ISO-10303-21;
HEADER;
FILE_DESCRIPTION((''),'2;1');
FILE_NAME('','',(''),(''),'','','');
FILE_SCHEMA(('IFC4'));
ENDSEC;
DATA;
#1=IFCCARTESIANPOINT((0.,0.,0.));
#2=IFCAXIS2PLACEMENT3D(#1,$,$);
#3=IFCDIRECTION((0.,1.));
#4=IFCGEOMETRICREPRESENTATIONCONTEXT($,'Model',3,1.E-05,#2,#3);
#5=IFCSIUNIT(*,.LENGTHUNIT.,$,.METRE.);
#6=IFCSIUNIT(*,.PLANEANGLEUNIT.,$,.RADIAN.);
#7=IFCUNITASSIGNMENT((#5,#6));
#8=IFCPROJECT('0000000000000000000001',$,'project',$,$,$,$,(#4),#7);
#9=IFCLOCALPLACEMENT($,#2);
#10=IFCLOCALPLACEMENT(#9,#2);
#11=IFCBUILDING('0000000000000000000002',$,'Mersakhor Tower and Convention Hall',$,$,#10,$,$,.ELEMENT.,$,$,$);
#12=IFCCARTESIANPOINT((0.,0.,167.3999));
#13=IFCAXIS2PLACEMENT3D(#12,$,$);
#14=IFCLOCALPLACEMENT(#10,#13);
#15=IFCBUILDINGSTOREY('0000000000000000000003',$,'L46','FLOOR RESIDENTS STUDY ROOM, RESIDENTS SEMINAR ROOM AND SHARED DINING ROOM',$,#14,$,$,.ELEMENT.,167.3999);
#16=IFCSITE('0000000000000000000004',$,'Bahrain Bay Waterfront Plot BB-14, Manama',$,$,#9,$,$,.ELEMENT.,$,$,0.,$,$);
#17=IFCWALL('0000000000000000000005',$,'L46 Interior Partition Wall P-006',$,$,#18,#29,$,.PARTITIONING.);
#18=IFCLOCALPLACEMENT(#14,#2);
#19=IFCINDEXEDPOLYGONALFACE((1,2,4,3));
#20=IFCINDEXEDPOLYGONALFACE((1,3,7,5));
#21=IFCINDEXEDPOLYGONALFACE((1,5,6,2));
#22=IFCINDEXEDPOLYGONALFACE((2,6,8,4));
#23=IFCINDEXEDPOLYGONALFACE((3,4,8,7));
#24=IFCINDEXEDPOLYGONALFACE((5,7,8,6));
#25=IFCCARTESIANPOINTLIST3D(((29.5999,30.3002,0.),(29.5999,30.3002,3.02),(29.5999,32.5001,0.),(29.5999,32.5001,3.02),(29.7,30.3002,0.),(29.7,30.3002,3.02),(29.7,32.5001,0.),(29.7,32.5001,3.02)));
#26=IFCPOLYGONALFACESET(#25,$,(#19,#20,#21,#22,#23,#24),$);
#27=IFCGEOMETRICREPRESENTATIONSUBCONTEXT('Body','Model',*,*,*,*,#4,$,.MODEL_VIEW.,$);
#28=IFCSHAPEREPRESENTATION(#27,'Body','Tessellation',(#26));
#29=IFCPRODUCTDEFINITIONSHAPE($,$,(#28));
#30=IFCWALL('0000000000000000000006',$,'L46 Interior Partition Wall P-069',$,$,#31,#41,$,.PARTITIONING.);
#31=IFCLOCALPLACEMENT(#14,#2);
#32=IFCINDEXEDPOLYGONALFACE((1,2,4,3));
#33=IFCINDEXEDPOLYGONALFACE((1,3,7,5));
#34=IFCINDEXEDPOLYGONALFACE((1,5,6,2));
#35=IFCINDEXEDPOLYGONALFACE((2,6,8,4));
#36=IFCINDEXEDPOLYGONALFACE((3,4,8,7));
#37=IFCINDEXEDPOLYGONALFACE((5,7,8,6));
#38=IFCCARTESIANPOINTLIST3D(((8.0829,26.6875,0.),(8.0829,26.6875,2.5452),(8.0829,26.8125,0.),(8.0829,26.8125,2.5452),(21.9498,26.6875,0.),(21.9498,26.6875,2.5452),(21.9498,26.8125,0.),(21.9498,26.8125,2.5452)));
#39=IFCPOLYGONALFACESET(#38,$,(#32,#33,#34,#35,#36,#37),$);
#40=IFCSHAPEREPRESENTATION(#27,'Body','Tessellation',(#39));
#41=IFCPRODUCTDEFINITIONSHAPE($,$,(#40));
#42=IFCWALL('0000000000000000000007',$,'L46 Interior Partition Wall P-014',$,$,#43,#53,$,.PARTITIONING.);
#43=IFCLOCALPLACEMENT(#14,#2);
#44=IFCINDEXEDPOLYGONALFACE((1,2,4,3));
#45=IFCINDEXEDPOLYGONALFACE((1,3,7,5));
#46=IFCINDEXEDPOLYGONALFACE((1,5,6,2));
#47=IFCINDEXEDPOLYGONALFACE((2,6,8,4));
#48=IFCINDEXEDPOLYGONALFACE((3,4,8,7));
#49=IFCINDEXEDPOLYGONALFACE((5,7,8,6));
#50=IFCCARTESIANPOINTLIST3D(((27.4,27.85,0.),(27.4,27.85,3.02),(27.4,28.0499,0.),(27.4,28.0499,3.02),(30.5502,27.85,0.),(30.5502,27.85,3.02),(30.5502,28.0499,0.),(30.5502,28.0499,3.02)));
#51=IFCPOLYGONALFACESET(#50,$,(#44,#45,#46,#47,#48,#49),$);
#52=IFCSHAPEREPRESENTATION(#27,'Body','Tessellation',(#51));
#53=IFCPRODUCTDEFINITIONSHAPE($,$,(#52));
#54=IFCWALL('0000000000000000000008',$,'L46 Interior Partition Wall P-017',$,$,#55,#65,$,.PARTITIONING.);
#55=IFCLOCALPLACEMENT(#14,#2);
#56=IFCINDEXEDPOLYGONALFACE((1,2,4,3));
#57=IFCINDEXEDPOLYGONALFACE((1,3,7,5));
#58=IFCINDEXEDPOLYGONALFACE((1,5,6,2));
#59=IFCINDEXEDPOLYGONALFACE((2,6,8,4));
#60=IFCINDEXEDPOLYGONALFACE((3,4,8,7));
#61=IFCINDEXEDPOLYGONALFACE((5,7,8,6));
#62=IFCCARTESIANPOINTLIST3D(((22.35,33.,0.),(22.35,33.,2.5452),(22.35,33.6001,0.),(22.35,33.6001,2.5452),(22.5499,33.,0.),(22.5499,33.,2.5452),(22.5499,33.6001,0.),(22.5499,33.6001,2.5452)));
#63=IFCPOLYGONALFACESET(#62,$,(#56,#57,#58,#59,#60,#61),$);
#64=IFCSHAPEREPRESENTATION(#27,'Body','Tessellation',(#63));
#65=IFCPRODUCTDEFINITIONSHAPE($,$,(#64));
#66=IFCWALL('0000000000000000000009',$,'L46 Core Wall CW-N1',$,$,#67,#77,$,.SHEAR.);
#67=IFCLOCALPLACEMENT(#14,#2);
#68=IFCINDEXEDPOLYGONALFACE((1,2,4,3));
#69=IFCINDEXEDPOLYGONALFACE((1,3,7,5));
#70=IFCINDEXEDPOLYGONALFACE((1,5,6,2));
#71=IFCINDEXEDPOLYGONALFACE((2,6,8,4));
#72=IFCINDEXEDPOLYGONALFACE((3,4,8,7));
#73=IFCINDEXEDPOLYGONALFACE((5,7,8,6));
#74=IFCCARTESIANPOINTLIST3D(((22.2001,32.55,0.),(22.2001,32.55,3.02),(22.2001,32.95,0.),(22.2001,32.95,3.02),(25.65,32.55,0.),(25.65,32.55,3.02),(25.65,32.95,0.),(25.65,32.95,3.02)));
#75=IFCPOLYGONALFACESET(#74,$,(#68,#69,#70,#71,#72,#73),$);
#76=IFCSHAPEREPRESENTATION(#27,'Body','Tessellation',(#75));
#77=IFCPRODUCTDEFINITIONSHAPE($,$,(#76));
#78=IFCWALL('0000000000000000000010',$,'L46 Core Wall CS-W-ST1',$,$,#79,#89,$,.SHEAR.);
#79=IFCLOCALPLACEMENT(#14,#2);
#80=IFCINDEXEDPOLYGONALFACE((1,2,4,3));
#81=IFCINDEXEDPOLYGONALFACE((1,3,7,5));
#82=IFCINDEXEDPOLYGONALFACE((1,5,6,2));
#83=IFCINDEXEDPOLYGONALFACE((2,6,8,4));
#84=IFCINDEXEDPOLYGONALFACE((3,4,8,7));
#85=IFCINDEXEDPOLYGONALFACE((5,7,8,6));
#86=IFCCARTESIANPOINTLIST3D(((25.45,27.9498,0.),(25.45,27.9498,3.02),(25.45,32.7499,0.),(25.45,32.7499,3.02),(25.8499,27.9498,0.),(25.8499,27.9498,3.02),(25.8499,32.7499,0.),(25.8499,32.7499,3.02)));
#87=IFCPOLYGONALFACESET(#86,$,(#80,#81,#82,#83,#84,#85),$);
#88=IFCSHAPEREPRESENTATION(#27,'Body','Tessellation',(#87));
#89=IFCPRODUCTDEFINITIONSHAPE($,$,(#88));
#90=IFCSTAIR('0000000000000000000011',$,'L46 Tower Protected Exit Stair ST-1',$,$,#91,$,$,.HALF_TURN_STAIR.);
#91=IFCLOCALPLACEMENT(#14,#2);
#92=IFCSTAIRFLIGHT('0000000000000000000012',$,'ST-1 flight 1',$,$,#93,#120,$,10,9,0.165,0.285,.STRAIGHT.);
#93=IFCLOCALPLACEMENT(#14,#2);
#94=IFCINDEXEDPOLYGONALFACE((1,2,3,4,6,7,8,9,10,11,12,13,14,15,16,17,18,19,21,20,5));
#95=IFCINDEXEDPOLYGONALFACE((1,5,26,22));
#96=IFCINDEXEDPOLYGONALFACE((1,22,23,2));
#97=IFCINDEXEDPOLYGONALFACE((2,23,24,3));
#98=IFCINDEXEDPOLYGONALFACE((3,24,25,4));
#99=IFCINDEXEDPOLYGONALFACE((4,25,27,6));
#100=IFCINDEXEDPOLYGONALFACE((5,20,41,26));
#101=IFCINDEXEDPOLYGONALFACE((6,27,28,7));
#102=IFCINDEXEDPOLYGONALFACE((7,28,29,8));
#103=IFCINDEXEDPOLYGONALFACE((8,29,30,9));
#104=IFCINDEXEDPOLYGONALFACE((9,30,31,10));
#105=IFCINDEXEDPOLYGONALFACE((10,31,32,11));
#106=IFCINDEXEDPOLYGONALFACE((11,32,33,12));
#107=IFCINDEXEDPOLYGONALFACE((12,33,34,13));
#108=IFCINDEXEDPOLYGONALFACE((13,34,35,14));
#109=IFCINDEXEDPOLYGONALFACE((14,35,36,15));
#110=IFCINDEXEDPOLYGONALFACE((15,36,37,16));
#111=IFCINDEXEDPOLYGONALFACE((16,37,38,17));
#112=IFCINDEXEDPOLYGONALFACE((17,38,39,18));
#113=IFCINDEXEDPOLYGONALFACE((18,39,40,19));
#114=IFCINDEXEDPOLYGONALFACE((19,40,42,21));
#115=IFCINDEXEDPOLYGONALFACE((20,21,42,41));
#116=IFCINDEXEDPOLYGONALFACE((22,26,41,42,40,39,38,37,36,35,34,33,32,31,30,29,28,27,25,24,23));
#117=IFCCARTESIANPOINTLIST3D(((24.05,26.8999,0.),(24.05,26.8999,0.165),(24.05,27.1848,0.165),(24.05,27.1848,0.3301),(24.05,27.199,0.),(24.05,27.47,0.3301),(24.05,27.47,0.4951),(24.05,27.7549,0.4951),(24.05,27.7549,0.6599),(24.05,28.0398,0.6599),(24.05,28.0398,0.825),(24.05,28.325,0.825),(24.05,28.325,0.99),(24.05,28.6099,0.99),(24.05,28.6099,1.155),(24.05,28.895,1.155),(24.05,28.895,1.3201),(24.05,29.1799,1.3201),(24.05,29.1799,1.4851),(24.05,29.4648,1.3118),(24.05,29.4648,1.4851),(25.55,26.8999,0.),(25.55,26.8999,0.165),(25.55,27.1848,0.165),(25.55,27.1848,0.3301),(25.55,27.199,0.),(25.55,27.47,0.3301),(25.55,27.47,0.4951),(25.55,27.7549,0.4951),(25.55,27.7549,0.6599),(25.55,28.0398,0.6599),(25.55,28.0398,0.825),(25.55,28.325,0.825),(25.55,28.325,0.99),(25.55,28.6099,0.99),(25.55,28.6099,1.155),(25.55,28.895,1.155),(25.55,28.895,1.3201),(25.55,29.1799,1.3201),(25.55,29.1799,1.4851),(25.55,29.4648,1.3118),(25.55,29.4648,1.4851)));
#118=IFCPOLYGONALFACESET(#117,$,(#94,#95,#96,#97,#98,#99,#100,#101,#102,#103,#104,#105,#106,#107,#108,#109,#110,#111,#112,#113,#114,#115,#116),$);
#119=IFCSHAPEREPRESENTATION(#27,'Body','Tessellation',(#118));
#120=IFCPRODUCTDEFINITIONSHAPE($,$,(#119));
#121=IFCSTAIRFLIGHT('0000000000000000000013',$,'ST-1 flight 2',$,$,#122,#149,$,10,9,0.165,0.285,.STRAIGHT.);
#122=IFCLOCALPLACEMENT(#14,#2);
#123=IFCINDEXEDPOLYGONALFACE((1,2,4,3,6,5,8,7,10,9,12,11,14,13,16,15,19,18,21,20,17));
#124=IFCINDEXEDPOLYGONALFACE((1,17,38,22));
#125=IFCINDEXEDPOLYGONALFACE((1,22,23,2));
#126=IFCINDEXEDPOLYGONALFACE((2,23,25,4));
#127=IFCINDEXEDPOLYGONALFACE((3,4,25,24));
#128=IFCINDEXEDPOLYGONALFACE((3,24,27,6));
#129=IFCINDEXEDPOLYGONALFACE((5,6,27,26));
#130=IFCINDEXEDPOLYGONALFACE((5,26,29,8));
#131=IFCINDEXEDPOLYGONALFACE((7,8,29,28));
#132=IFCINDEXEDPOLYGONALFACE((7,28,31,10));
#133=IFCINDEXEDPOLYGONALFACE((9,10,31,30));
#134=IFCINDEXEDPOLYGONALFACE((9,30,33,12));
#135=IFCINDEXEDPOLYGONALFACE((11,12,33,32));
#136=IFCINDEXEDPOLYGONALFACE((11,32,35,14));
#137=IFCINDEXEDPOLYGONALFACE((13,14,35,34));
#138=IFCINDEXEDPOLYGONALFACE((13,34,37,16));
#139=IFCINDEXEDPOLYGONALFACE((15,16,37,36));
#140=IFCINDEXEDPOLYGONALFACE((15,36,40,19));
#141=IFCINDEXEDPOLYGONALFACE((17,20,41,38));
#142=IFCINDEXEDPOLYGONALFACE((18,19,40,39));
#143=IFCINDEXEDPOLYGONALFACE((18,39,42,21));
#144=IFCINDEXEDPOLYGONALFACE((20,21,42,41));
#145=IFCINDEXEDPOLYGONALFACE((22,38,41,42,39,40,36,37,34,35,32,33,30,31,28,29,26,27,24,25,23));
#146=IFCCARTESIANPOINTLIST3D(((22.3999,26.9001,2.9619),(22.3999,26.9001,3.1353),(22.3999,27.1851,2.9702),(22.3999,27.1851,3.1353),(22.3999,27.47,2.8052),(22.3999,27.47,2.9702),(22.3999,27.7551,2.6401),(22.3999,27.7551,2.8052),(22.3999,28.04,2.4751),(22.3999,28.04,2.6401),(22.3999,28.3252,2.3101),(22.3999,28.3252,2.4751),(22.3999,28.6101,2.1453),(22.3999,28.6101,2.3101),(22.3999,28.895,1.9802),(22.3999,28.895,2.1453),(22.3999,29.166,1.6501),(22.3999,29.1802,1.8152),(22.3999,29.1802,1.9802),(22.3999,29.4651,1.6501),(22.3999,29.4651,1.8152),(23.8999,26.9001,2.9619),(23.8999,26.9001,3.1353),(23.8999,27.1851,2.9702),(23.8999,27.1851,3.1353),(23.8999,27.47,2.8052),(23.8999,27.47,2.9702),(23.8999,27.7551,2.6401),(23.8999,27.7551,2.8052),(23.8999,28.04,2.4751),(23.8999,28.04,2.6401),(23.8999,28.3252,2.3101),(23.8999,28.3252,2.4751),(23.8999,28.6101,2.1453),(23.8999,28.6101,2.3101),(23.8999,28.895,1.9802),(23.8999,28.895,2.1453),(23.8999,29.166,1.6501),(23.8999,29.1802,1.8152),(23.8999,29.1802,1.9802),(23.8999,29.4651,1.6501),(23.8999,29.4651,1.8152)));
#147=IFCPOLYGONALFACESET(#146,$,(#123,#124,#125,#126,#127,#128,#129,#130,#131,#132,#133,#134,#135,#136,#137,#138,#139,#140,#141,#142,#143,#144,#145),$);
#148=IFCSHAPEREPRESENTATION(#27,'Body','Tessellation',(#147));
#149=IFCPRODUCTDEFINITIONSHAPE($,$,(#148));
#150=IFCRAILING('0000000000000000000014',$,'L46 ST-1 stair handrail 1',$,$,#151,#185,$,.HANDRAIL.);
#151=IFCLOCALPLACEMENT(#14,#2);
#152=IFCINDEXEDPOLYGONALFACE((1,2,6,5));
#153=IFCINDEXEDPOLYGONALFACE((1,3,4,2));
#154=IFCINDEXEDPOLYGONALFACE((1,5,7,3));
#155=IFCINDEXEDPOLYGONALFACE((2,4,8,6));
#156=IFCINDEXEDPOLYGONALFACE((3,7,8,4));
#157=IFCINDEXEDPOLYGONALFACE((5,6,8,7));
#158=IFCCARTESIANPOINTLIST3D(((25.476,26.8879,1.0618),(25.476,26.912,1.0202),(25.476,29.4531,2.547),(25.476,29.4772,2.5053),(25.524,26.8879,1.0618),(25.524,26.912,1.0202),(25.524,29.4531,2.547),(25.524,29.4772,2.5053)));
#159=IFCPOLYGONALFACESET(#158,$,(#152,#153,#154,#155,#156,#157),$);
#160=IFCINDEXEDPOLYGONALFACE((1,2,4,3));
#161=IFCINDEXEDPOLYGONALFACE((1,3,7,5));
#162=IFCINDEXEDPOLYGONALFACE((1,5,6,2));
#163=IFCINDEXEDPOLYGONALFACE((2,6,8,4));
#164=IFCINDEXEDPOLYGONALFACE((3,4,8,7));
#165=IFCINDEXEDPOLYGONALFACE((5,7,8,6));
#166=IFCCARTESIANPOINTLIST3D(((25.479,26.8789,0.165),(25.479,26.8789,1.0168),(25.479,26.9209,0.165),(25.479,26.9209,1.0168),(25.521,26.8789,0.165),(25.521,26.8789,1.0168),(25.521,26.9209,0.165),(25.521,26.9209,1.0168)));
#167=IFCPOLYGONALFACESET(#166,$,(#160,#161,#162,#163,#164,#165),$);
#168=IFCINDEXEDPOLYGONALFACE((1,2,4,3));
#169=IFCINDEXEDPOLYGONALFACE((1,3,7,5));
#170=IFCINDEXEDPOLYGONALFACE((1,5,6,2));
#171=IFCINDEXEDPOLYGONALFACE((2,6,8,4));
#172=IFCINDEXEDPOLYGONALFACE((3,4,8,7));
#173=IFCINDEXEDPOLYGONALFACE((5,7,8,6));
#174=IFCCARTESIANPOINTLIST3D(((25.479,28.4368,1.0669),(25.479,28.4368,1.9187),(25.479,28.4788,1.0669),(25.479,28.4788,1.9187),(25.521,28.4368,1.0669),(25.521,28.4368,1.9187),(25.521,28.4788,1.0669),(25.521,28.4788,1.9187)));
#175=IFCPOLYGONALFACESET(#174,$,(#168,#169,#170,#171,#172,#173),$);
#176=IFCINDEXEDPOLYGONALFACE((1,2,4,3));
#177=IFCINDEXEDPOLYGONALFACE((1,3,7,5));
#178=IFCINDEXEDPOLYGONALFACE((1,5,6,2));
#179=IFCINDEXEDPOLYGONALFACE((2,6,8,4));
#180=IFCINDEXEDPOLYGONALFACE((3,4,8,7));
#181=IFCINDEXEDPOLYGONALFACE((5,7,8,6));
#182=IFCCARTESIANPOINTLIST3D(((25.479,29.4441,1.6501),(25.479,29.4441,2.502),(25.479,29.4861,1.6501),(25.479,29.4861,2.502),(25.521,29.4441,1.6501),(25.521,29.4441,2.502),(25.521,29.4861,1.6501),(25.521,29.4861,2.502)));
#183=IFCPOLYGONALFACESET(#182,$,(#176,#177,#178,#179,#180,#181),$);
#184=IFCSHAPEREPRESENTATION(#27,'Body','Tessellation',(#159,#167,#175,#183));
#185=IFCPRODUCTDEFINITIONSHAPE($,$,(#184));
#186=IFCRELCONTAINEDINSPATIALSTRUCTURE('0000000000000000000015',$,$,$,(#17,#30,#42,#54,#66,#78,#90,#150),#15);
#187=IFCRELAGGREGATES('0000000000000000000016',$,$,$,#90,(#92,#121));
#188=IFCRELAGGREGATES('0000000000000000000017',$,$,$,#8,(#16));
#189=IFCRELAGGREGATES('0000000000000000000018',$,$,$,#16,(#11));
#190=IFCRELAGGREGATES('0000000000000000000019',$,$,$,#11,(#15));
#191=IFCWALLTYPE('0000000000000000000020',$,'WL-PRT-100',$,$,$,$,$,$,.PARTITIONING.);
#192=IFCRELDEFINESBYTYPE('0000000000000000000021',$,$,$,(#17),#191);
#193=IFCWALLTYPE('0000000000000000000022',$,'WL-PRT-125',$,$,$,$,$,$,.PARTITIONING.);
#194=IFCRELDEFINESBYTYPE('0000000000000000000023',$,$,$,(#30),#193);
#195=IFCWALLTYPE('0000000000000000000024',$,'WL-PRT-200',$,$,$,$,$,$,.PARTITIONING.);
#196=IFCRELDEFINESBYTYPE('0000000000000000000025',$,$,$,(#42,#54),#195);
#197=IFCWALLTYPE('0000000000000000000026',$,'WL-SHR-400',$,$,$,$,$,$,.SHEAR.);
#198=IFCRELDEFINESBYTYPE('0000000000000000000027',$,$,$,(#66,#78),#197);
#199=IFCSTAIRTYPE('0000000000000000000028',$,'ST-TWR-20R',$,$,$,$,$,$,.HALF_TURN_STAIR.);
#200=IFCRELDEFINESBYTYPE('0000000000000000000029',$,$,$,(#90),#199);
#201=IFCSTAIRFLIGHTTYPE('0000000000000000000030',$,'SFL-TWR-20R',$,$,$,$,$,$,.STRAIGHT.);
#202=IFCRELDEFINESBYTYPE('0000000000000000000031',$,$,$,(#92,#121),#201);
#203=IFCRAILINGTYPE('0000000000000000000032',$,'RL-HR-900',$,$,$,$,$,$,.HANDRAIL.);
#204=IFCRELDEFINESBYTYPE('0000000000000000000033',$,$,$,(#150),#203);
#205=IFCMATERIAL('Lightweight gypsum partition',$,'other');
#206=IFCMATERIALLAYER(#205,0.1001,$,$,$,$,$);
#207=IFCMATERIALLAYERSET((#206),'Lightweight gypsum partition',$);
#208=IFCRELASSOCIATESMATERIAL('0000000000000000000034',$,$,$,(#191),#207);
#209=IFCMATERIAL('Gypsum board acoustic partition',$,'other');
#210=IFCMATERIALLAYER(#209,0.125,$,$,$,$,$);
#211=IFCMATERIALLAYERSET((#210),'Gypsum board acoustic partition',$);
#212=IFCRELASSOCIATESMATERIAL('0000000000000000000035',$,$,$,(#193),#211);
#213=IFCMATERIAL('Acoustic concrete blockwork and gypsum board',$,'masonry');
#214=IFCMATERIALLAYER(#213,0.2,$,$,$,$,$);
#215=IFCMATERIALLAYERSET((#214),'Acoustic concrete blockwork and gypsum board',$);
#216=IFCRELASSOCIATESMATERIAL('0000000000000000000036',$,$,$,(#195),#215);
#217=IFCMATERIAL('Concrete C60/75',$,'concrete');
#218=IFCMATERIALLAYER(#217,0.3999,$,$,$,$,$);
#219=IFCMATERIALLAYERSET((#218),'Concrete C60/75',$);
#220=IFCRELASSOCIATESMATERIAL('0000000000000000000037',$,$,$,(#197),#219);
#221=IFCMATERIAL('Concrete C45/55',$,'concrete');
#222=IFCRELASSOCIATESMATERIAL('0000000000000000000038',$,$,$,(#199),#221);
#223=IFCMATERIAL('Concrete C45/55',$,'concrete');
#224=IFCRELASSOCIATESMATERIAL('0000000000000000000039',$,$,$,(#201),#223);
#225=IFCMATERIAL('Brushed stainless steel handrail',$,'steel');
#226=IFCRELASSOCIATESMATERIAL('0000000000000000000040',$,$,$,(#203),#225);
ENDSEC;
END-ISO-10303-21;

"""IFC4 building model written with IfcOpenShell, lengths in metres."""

from ifc_helpers import new_model, si_unit, direction, frame, frame_2d, origin, origin_2d, place, context, subcontext, project, spatial, polyline, rectangle, outline, extrude, material, layer, layer_set, type_object, element, aggregate, save


model = new_model("IFC4")

# Units and contexts
model_context = context("Model", 3, precision=1e-05, world=origin(), true_north=direction((0.0, 1.0)))
body_context = subcontext(model_context, "Body", "Model", "MODEL_VIEW")
ifc_project = project(units=[si_unit("LENGTHUNIT", "METRE"), si_unit("PLANEANGLEUNIT", "RADIAN")], contexts=[model_context])

# Site, building, storey
site_placement = place(None, origin())
site = spatial("IfcSite", under=ifc_project, at=site_placement, Name="Bahrain Bay Waterfront Plot BB-14, Manama", CompositionType="ELEMENT", RefElevation=0.0)
building_placement = place(site_placement, origin())
building = spatial("IfcBuilding", under=site, at=building_placement, Name="Mersakhor Tower and Convention Hall", CompositionType="ELEMENT")
storey_placement = place(building_placement, frame((0.0, 0.0, 167.3999)))
storey = spatial("IfcBuildingStorey", under=building, at=storey_placement, Name="L46", Description="FLOOR RESIDENTS STUDY ROOM, RESIDENTS SEMINAR ROOM AND SHARED DINING ROOM", CompositionType="ELEMENT", Elevation=167.3999)

# Walls
ifc_material_1 = material(Name="Lightweight gypsum partition", Category="other")
ifc_layer_1 = layer(ifc_material_1, 0.1001)
ifc_layer_set_1 = layer_set([ifc_layer_1], Name="Lightweight gypsum partition")
wall_type_1 = type_object("IfcWallType", Name="WL-PRT-100", PredefinedType="PARTITIONING", material=ifc_layer_set_1)
wall_1_placement = place(storey_placement, frame((29.6499, 30.3, 0.0), z_axis=(0.0, 0.0, 1.0), x_axis=(0.0, 1.0, 0.0)))
element("IfcWall", 1, at=wall_1_placement, inside=storey, type_object=wall_type_1, Name="L46 Interior Partition Wall P-006", PredefinedType="PARTITIONING", context=body_context, shape_type="SweptSolid", body=[
    extrude(rectangle(XDim=2.2, YDim=0.1001, at=frame_2d((1.1001, 0.0))), origin(), (0.0, 0.0, 1.0), 3.02),
])
ifc_material_2 = material(Name="Gypsum board acoustic partition", Category="other")
ifc_layer_2 = layer(ifc_material_2, 0.125)
ifc_layer_set_2 = layer_set([ifc_layer_2], Name="Gypsum board acoustic partition")
wall_type_2 = type_object("IfcWallType", Name="WL-PRT-125", PredefinedType="PARTITIONING", material=ifc_layer_set_2)
wall_2_placement = place(storey_placement, frame((21.95, 26.75, 0.0), z_axis=(0.0, 0.0, 1.0), x_axis=(-1.0, 0.0, 0.0)))
element("IfcWall", 2, at=wall_2_placement, inside=storey, type_object=wall_type_2, Name="L46 Interior Partition Wall P-069", PredefinedType="PARTITIONING", context=body_context, shape_type="SweptSolid", body=[
    extrude(rectangle(XDim=13.8669, YDim=0.125, at=frame_2d((6.9336, 0.0))), origin(), (0.0, 0.0, 1.0), 2.5452),
])

# Shared definitions
ifc_material_3 = material(Name="Acoustic concrete blockwork and gypsum board", Category="masonry")
ifc_layer_3 = layer(ifc_material_3, 0.2)
ifc_layer_set_3 = layer_set([ifc_layer_3], Name="Acoustic concrete blockwork and gypsum board")
wall_type_3 = type_object("IfcWallType", Name="WL-PRT-200", PredefinedType="PARTITIONING", material=ifc_layer_set_3)

# Walls
wall_3_placement = place(storey_placement, frame((27.3999, 27.95, 0.0), z_axis=(0.0, 0.0, 1.0), x_axis=(1.0, 0.0, 0.0)))
element("IfcWall", 3, at=wall_3_placement, inside=storey, type_object=wall_type_3, Name="L46 Interior Partition Wall P-014", PredefinedType="PARTITIONING", context=body_context, shape_type="SweptSolid", body=[
    extrude(rectangle(XDim=3.1501, YDim=0.2, at=frame_2d((1.5752, 0.0))), origin(), (0.0, 0.0, 1.0), 3.02),
])
wall_4_placement = place(storey_placement, frame((22.45, 33.0, 0.0), z_axis=(0.0, 0.0, 1.0), x_axis=(0.0, 1.0, 0.0)))
element("IfcWall", 4, at=wall_4_placement, inside=storey, type_object=wall_type_3, Name="L46 Interior Partition Wall P-017", PredefinedType="PARTITIONING", context=body_context, shape_type="SweptSolid", body=[
    extrude(rectangle(XDim=0.6001, YDim=0.2, at=frame_2d((0.3, 0.0))), origin(), (0.0, 0.0, 1.0), 2.5452),
])
ifc_material_4 = material(Name="Concrete C60/75", Category="concrete")
ifc_layer_4 = layer(ifc_material_4, 0.3999)
ifc_layer_set_4 = layer_set([ifc_layer_4], Name="Concrete C60/75")
wall_type_4 = type_object("IfcWallType", Name="WL-SHR-400", PredefinedType="SHEAR", material=ifc_layer_set_4)
wall_5_placement = place(storey_placement, frame((22.2, 32.75, 0.0), z_axis=(0.0, 0.0, 1.0), x_axis=(1.0, 0.0, 0.0)))
element("IfcWall", 5, at=wall_5_placement, inside=storey, type_object=wall_type_4, Name="L46 Core Wall CW-N1", PredefinedType="SHEAR", context=body_context, shape_type="SweptSolid", body=[
    extrude(rectangle(XDim=3.45, YDim=0.3999, at=frame_2d((1.7251, 0.0))), origin(), (0.0, 0.0, 1.0), 3.02),
])

# Wall
wall_6_placement = place(storey_placement, frame((25.6499, 27.95, 0.0), z_axis=(0.0, 0.0, 1.0), x_axis=(0.0, 1.0, 0.0)))
element("IfcWall", 6, at=wall_6_placement, inside=storey, type_object=wall_type_4, Name="L46 Core Wall CS-W-ST1", PredefinedType="SHEAR", context=body_context, shape_type="SweptSolid", body=[
    extrude(rectangle(XDim=4.8, YDim=0.3999, at=frame_2d((2.3999, 0.0))), origin(), (0.0, 0.0, 1.0), 3.02),
])

# Stair, stair flights
ifc_material_5 = material(Name="Concrete C45/55", Category="concrete")
stair_type = type_object("IfcStairType", Name="ST-TWR-20R", PredefinedType="HALF_TURN_STAIR", material=ifc_material_5)
stair_placement = place(storey_placement, origin())
stair = element("IfcStair", 7, at=stair_placement, inside=storey, type_object=stair_type, Name="L46 Tower Protected Exit Stair ST-1", PredefinedType="HALF_TURN_STAIR")
ifc_material_6 = material(Name="Concrete C45/55", Category="concrete")
stair_flight_type = type_object("IfcStairFlightType", Name="SFL-TWR-20R", PredefinedType="STRAIGHT", material=ifc_material_6)
stair_flight_1_placement = place(storey_placement, frame((24.8, 26.8999, 0.0), z_axis=(0.0, 0.0, 1.0), x_axis=(0.0, 1.0, 0.0)))
stair_flight_1 = element("IfcStairFlight", 8, at=stair_flight_1_placement, type_object=stair_flight_type, Name="ST-1 flight 1", NumberOfRisers=10, NumberOfTreads=9, PredefinedType="STRAIGHT", RiserHeight=0.165, TreadLength=0.285, context=body_context, shape_type="SweptSolid", body=[
    extrude(outline(polyline([(0.0, 0.0), (0.0, 0.165), (0.2849, 0.165), (0.2849, 0.3301), (0.5701, 0.3301), (0.5701, 0.4951), (0.855, 0.4951), (0.855, 0.6599), (1.1399, 0.6599), (1.1399, 0.825), (1.425, 0.825), (1.425, 0.99), (1.71, 0.99), (1.71, 1.155), (1.9951, 1.155), (1.9951, 1.3201), (2.28, 1.3201), (2.28, 1.4851), (2.5649, 1.4851), (2.5649, 1.6499), (2.5649, 1.3118), (0.2991, 0.0), (0.0, 0.0)])), frame((0.0, 0.75, 0.0), z_axis=(0.0, -1.0, 0.0), x_axis=(1.0, 0.0, 0.0)), (0.0, 0.0, 1.0), 1.5),
])
stair_flight_2_placement = place(storey_placement, frame((23.1499, 29.4651, 1.6501), z_axis=(0.0, 0.0, 1.0), x_axis=(0.0, -1.0, 0.0)))
stair_flight_2 = element("IfcStairFlight", 9, at=stair_flight_2_placement, type_object=stair_flight_type, Name="ST-1 flight 2", NumberOfRisers=10, NumberOfTreads=9, PredefinedType="STRAIGHT", RiserHeight=0.165, TreadLength=0.285, context=body_context, shape_type="SweptSolid", body=[
    extrude(outline(polyline([(0.0, 0.0), (0.0, 0.165), (0.2849, 0.165), (0.2849, 0.3301), (0.5701, 0.3301), (0.5701, 0.4951), (0.855, 0.4951), (0.855, 0.6599), (1.1399, 0.6599), (1.1399, 0.825), (1.425, 0.825), (1.425, 0.99), (1.71, 0.99), (1.71, 1.155), (1.9951, 1.155), (1.9951, 1.3201), (2.28, 1.3201), (2.28, 1.4851), (2.5649, 1.4851), (2.5649, 1.6499), (2.5649, 1.3118), (0.2991, 0.0), (0.0, 0.0)])), frame((0.0, 0.75, 0.0), z_axis=(0.0, -1.0, 0.0), x_axis=(1.0, 0.0, 0.0)), (0.0, 0.0, 1.0), 1.5),
])
aggregate(stair, [stair_flight_1, stair_flight_2])

# Railing
ifc_material_7 = material(Name="Brushed stainless steel handrail", Category="steel")
railing_type_1 = type_object("IfcRailingType", Name="RL-HR-900", PredefinedType="HANDRAIL", material=ifc_material_7)
railing_1_placement = place(storey_placement, frame((25.5, 26.8999, 0.165)))
element("IfcRailing", 10, at=railing_1_placement, inside=storey, type_object=railing_type_1, Name="L46 ST-1 stair handrail 1", PredefinedType="HANDRAIL", context=body_context, shape_type="SweptSolid", body=[
    extrude(rectangle(XDim=0.0481, YDim=0.0481, at=origin_2d()), frame((0.0, 0.0, 0.876), z_axis=(0.0, 0.865426, 0.501036), x_axis=(-1.0, 0.0, 0.0)), (0.0, 0.0, 1.0), 2.9641),
    extrude(rectangle(XDim=0.042, YDim=0.042, at=origin_2d()), origin(), (0.0, 0.0, 1.0), 0.8518),
    extrude(rectangle(XDim=0.042, YDim=0.042, at=origin_2d()), frame((0.0, 1.5579, 0.9019)), (0.0, 0.0, 1.0), 0.8518),
    extrude(rectangle(XDim=0.042, YDim=0.042, at=origin_2d()), frame((0.0, 2.5652, 1.4851)), (0.0, 0.0, 1.0), 0.8518),
])

save(model, "model.ifc")
